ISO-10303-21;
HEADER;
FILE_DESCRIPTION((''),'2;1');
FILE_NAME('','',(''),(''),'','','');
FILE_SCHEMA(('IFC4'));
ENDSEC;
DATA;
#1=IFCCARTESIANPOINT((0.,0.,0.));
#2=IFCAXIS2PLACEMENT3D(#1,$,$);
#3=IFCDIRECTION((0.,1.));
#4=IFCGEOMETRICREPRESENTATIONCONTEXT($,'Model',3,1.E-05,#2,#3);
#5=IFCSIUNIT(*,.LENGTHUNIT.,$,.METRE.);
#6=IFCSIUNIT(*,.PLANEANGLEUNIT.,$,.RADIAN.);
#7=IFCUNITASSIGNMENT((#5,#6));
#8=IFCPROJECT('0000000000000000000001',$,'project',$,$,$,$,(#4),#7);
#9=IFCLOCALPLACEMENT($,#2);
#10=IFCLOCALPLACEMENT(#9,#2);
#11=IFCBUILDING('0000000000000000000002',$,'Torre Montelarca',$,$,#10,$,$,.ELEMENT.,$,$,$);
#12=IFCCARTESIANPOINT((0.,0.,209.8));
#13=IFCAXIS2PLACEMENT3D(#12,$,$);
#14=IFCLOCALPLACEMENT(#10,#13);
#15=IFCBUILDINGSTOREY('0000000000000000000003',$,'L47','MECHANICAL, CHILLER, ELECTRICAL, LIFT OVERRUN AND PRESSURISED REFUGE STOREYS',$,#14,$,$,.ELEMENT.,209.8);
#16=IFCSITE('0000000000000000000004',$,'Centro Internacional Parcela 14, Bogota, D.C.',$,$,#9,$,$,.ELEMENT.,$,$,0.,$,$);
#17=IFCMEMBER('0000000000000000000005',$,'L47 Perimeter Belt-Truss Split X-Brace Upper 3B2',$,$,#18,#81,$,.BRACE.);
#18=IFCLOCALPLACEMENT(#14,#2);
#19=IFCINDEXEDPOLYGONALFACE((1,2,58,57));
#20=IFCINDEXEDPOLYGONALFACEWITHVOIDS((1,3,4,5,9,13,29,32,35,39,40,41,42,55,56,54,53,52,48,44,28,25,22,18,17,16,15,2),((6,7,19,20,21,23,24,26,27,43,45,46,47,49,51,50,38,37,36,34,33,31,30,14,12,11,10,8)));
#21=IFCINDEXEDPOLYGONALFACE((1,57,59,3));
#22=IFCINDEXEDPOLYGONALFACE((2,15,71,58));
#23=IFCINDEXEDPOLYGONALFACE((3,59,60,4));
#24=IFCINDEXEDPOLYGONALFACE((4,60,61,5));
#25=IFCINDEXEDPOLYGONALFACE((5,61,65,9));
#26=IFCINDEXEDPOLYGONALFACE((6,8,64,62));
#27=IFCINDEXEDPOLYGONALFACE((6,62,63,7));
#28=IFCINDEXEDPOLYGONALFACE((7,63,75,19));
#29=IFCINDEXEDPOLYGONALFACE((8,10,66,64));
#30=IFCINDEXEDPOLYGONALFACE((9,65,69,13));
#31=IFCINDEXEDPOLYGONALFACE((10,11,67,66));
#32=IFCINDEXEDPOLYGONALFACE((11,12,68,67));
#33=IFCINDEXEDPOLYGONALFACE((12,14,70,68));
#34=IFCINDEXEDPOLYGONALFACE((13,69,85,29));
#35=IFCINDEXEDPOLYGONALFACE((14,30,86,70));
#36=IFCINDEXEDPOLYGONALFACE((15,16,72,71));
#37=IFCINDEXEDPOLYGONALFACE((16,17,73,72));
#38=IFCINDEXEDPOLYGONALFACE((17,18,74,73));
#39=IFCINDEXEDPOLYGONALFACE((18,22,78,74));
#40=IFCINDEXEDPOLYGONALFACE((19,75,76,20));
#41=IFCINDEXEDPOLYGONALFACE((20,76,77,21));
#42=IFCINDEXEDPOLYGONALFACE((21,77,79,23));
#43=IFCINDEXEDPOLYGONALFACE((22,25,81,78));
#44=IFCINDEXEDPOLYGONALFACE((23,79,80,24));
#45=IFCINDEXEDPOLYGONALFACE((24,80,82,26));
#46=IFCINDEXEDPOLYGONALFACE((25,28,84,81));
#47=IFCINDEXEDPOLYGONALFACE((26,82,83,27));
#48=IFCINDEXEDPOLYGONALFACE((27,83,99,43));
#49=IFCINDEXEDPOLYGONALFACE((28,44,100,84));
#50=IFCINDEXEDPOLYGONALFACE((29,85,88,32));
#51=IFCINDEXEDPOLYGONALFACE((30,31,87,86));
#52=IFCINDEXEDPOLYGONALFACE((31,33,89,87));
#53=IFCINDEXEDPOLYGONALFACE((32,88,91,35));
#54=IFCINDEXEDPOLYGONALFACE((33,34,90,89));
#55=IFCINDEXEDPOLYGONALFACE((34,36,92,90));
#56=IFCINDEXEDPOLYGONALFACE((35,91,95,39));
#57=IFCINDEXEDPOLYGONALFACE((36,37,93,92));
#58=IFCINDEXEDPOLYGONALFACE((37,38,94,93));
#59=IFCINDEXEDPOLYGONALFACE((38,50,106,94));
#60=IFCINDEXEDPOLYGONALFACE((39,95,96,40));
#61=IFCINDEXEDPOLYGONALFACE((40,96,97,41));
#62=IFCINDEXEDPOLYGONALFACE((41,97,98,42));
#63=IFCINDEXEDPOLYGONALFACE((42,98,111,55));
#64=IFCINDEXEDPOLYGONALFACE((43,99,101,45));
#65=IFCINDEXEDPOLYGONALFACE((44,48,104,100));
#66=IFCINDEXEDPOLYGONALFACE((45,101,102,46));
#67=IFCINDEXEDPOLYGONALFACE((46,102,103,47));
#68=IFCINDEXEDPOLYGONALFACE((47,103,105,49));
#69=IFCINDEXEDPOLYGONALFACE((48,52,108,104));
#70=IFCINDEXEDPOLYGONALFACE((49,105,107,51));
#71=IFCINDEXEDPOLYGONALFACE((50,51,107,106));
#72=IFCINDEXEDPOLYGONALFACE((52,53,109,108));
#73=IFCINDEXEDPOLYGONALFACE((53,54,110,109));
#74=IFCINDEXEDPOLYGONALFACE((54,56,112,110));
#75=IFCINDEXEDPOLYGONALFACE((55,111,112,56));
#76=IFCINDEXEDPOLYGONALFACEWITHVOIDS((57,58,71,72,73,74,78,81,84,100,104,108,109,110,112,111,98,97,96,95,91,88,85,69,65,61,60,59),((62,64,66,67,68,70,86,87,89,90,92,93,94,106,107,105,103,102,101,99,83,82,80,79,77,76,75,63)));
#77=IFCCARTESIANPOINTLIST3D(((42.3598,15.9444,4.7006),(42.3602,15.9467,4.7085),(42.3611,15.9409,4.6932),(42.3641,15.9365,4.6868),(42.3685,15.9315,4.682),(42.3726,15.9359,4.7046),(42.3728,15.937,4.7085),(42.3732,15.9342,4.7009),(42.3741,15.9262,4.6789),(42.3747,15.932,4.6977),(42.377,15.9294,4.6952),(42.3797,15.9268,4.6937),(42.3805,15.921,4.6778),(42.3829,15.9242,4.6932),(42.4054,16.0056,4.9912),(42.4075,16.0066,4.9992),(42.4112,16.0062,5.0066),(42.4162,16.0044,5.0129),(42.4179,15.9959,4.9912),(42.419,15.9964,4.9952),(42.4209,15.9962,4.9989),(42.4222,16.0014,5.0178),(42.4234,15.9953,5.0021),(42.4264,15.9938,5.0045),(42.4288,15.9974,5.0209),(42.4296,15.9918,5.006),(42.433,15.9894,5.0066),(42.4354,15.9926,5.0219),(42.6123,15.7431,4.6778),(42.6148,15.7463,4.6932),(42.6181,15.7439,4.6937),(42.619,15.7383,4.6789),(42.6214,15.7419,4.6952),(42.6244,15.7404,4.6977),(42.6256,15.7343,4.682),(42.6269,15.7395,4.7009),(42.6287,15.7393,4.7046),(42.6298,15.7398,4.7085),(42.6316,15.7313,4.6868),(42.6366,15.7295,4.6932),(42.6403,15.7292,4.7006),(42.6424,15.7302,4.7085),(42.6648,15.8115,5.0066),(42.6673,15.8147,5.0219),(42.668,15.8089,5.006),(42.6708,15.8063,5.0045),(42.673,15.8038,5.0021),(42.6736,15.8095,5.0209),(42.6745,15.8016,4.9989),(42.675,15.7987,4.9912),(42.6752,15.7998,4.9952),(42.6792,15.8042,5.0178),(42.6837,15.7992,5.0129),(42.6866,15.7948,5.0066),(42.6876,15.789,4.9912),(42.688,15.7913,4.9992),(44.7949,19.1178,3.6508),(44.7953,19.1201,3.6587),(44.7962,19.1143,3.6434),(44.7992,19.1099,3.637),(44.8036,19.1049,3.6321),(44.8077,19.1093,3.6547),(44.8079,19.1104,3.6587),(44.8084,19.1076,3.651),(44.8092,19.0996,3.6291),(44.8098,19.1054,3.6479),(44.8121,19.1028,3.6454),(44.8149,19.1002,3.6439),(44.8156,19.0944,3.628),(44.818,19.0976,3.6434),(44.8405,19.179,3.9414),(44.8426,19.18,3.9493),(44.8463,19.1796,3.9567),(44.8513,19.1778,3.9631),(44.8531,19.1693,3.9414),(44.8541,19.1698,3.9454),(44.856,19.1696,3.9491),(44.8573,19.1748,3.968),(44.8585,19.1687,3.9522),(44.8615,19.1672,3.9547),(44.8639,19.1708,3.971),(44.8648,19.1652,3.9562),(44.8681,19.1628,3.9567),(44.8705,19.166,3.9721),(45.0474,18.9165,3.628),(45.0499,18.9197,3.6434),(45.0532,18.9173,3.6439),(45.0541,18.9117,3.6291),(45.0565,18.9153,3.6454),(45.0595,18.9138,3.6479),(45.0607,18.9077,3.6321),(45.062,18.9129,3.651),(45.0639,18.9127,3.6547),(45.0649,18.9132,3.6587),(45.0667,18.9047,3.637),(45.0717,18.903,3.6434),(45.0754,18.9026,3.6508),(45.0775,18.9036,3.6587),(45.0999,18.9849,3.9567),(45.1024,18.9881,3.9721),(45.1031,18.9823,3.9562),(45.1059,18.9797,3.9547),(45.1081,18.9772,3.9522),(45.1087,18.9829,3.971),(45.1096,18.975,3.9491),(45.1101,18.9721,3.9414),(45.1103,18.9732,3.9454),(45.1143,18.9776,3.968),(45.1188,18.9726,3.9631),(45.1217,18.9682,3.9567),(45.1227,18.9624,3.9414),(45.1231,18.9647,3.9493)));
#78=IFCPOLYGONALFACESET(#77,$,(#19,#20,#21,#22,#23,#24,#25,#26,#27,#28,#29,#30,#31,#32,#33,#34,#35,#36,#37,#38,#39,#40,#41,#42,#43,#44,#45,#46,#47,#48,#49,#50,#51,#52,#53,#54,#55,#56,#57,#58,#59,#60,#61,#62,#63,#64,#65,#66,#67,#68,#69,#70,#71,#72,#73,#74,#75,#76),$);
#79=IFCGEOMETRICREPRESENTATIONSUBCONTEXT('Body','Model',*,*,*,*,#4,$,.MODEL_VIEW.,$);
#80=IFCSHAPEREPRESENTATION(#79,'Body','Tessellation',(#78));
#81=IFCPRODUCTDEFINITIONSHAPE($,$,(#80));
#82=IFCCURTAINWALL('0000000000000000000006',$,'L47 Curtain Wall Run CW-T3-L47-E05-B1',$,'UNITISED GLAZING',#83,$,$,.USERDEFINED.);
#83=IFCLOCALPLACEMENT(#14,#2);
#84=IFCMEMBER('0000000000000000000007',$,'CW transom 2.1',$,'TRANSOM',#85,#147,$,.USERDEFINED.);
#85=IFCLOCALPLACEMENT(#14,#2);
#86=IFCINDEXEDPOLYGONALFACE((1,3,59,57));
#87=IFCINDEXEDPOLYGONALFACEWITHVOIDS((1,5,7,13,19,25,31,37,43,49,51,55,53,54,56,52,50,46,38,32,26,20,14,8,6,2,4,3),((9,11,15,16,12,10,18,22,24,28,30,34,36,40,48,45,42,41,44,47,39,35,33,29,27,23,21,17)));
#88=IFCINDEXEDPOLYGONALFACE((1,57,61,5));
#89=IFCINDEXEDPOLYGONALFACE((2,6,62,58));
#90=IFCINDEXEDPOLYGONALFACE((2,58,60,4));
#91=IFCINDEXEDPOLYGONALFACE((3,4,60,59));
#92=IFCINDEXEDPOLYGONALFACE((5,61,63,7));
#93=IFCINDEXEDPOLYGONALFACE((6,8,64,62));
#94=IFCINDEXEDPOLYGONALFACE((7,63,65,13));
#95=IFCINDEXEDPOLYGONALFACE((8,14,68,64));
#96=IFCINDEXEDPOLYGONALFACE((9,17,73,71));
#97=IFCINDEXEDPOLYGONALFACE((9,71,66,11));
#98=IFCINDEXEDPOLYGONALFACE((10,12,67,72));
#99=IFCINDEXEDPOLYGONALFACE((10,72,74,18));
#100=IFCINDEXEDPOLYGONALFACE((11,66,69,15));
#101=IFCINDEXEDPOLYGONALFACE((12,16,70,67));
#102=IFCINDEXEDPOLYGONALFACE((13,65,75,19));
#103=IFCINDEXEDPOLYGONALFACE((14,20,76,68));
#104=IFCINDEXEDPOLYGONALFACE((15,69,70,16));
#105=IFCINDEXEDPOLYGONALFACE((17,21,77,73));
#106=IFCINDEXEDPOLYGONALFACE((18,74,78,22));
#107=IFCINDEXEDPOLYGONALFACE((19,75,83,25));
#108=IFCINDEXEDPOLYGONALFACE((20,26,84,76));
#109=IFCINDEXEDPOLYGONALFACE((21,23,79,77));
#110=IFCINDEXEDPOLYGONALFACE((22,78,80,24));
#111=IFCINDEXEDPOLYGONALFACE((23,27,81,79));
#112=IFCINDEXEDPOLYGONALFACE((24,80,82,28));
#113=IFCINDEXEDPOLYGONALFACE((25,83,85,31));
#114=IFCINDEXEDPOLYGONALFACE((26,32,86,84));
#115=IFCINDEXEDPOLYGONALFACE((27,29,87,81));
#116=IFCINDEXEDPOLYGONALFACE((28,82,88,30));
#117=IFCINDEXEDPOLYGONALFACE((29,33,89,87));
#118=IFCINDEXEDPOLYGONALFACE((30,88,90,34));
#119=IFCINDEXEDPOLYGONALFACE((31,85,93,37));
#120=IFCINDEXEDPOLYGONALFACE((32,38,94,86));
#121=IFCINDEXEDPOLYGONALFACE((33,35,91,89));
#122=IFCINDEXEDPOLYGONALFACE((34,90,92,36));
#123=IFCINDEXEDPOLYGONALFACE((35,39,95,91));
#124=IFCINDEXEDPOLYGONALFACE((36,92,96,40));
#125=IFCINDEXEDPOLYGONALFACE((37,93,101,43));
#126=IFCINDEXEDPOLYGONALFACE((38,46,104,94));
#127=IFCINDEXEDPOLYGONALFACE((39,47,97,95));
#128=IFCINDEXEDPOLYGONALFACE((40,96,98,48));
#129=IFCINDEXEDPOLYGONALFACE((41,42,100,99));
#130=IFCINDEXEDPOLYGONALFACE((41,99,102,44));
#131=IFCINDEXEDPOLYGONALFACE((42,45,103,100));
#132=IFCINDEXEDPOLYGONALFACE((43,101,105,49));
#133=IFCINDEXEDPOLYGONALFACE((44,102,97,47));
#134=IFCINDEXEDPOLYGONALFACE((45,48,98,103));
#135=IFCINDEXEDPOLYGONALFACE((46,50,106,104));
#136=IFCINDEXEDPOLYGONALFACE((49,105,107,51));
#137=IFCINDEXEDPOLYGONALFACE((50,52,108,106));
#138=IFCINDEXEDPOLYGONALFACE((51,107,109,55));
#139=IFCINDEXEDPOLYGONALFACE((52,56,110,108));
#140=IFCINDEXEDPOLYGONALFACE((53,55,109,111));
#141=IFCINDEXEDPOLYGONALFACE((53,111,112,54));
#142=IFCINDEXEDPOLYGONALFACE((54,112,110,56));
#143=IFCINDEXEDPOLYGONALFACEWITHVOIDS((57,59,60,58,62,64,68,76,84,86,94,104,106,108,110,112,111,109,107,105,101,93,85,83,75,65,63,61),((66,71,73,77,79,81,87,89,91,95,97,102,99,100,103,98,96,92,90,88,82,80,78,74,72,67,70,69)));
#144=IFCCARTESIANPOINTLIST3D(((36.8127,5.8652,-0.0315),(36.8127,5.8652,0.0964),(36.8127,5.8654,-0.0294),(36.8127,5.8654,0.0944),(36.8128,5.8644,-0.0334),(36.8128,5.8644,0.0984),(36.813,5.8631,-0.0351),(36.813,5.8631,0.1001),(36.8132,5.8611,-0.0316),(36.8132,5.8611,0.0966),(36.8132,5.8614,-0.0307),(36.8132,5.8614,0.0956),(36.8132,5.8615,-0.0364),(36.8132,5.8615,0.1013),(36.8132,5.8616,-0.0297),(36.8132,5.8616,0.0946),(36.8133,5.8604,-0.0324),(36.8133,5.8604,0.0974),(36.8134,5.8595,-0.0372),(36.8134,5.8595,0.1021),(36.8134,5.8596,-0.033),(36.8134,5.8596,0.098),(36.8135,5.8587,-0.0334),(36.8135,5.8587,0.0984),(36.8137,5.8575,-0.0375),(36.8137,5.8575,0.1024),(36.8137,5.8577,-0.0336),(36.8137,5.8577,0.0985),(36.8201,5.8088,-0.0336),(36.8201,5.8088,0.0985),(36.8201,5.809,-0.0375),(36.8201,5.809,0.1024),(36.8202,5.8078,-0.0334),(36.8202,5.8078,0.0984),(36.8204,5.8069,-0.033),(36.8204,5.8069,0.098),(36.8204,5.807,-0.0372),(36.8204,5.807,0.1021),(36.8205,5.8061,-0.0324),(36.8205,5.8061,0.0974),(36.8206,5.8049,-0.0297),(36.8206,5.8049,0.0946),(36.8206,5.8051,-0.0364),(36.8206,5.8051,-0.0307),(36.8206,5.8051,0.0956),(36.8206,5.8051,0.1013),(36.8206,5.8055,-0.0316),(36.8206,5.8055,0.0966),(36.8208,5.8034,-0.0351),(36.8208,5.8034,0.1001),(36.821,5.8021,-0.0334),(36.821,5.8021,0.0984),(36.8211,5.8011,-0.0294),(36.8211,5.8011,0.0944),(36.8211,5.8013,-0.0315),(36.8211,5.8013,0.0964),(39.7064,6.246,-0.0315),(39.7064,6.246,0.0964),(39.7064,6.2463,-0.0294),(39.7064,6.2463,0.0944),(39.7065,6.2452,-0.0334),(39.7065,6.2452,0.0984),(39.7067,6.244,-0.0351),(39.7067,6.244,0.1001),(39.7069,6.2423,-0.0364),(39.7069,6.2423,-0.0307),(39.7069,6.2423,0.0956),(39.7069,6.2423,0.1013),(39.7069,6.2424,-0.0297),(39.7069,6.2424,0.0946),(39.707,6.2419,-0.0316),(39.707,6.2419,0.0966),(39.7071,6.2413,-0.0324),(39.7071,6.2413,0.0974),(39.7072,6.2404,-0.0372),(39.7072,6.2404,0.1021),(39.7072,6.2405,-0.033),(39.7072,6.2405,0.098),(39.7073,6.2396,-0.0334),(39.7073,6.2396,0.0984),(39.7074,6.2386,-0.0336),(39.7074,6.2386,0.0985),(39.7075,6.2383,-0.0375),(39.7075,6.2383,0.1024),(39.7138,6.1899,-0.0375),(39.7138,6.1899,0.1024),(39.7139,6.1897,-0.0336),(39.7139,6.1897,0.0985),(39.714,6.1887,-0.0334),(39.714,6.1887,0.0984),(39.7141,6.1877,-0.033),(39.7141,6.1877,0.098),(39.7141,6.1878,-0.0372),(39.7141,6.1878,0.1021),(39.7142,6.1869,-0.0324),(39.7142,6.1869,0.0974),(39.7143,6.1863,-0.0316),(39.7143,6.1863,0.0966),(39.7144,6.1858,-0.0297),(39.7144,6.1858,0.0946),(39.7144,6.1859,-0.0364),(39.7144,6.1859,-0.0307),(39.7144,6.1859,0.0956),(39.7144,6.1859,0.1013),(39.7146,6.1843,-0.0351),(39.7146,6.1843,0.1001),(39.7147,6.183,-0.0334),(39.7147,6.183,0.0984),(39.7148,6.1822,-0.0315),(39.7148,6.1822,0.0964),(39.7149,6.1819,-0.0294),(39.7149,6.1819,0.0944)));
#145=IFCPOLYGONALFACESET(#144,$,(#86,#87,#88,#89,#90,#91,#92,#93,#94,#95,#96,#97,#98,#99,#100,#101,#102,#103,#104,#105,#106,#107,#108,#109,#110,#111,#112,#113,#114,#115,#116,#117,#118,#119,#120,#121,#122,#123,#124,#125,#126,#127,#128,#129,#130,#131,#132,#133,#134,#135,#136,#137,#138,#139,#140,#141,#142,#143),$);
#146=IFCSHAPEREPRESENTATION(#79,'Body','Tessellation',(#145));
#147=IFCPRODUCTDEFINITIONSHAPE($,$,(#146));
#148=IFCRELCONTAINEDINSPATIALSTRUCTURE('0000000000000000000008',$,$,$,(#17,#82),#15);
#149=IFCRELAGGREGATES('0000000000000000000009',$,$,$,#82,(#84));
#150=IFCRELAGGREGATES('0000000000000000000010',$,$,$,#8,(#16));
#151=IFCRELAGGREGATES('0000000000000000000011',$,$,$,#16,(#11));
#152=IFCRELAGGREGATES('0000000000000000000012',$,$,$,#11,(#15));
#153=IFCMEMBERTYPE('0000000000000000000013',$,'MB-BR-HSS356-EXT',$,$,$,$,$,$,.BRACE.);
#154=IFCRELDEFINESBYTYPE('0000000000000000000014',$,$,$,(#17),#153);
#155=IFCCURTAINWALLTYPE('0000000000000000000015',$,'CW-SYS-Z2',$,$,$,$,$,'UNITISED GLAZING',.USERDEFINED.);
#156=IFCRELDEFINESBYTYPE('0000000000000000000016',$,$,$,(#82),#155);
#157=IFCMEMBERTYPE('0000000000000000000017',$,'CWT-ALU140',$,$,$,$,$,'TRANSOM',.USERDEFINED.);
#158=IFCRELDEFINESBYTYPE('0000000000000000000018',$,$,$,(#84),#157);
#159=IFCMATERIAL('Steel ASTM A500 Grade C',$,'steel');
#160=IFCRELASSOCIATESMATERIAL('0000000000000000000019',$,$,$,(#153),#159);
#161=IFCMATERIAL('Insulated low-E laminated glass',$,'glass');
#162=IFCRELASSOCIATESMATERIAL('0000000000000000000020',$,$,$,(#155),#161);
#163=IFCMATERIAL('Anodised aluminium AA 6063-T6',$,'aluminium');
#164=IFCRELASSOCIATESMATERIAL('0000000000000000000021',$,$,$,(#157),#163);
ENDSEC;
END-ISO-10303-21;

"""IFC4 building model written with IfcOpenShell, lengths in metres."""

from ifc_helpers import new_model, si_unit, direction, frame, origin, origin_2d, place, context, subcontext, project, spatial, hollow_rectangle, extrude, source, transform, mapped, material, material_profile, profile_set, type_object, element, aggregate, save


model = new_model("IFC4")

# Units and contexts
model_context = context("Model", 3, precision=1e-05, world=origin(), true_north=direction((0.0, 1.0)))
body_context = subcontext(model_context, "Body", "Model", "MODEL_VIEW")
ifc_project = project(units=[si_unit("LENGTHUNIT", "METRE"), si_unit("PLANEANGLEUNIT", "RADIAN")], contexts=[model_context])

# Site, building, storey
site_placement = place(None, origin())
site = spatial("IfcSite", under=ifc_project, at=site_placement, Name="Centro Internacional Parcela 14, Bogota, D.C.", CompositionType="ELEMENT", RefElevation=0.0)
building_placement = place(site_placement, origin())
building = spatial("IfcBuilding", under=site, at=building_placement, Name="Torre Montelarca", CompositionType="ELEMENT")
storey_placement = place(building_placement, frame((0.0, 0.0, 209.8)))
storey = spatial("IfcBuildingStorey", under=building, at=storey_placement, Name="L47", Description="MECHANICAL, CHILLER, ELECTRICAL, LIFT OVERRUN AND PRESSURISED REFUGE STOREYS", CompositionType="ELEMENT", Elevation=209.8)

# Member
ifc_material_1 = material(Name="Steel ASTM A500 Grade C", Category="steel")
ifc_material_profile_1 = material_profile(ifc_material_1, hollow_rectangle(XDim=0.3557, YDim=0.3557, WallThickness=0.0159, InnerFilletRadius=0.0159, OuterFilletRadius=0.0317, at=origin_2d()), Name="HSS356X356X15.9", Category="steel")
ifc_profile_set_1 = profile_set([ifc_material_profile_1], Name="Steel ASTM A500 Grade C")
member_type_1 = type_object("IfcMemberType", Name="MB-BR-HSS356-EXT", PredefinedType="BRACE", material=ifc_profile_set_1)
shared_shape_1 = source(origin(), body_context, "Body", "SweptSolid", [
    extrude(hollow_rectangle(XDim=0.3557, YDim=0.3557, WallThickness=0.0159, InnerFilletRadius=0.0159, OuterFilletRadius=0.0317, at=origin_2d()), origin(), (0.0, 0.0, 1.0), 4.1355),
])
for number, where, z_axis, x_axis, name in (
    (1, (44.959, 19.0413, 3.8), (-0.58883, -0.767356, 0.253857), (0.793345, -0.608772, 0.0), "L47 Perimeter Belt-Truss Split X-Brace Upper 3B2"),
):
    element("IfcMember", number, at=place(storey_placement, frame(where, z_axis=z_axis, x_axis=x_axis)), inside=storey, type_object=member_type_1, Name=name, PredefinedType="BRACE", context=body_context, shape_type="MappedRepresentation", body=[
        mapped(shared_shape_1, transform((0.0, 0.0, 0.0), scale=1.0)),
    ])

# Curtain wall, member
ifc_material_2 = material(Name="Insulated low-E laminated glass", Category="glass")
curtain_wall_type = type_object("IfcCurtainWallType", Name="CW-SYS-Z2", ElementType="UNITISED GLAZING", PredefinedType="USERDEFINED", material=ifc_material_2)
curtain_wall_1_placement = place(storey_placement, origin())
curtain_wall_1 = element("IfcCurtainWall", 2, at=curtain_wall_1_placement, inside=storey, type_object=curtain_wall_type, Name="L47 Curtain Wall Run CW-T3-L47-E05-B1", ObjectType="UNITISED GLAZING", PredefinedType="USERDEFINED")
ifc_material_3 = material(Name="Anodised aluminium AA 6063-T6", Category="aluminium")
ifc_material_profile_2 = material_profile(ifc_material_3, hollow_rectangle(XDim=0.0649, YDim=0.1399, WallThickness=0.0039, InnerFilletRadius=0.0039, OuterFilletRadius=0.0081, at=origin_2d()), Name="ALU65X140X4", Category="aluminium")
ifc_profile_set_2 = profile_set([ifc_material_profile_2], Name="Anodised aluminium AA 6063-T6")
member_type_2 = type_object("IfcMemberType", Name="CWT-ALU140", ElementType="TRANSOM", PredefinedType="USERDEFINED", material=ifc_profile_set_2)
shared_shape_2 = source(origin(), body_context, "Body", "SweptSolid", [
    extrude(hollow_rectangle(XDim=0.0649, YDim=0.1399, WallThickness=0.0039, InnerFilletRadius=0.0039, OuterFilletRadius=0.0081, at=origin_2d()), origin(), (0.0, 0.0, 1.0), 2.9187),
])
member_1_placement = place(storey_placement, frame((36.8169, 5.8333, 0.0325), z_axis=(0.99145, 0.130487, 0.0), x_axis=(-0.130487, 0.99145, 0.0)))
member_1 = element("IfcMember", 3, at=member_1_placement, type_object=member_type_2, Name="CW transom 2.1", ObjectType="TRANSOM", PredefinedType="USERDEFINED", context=body_context, shape_type="MappedRepresentation", body=[
    mapped(shared_shape_2, transform((0.0, 0.0, 0.0), scale=1.0)),
])

aggregate(curtain_wall_1, [member_1])

save(model, "model.ifc")
